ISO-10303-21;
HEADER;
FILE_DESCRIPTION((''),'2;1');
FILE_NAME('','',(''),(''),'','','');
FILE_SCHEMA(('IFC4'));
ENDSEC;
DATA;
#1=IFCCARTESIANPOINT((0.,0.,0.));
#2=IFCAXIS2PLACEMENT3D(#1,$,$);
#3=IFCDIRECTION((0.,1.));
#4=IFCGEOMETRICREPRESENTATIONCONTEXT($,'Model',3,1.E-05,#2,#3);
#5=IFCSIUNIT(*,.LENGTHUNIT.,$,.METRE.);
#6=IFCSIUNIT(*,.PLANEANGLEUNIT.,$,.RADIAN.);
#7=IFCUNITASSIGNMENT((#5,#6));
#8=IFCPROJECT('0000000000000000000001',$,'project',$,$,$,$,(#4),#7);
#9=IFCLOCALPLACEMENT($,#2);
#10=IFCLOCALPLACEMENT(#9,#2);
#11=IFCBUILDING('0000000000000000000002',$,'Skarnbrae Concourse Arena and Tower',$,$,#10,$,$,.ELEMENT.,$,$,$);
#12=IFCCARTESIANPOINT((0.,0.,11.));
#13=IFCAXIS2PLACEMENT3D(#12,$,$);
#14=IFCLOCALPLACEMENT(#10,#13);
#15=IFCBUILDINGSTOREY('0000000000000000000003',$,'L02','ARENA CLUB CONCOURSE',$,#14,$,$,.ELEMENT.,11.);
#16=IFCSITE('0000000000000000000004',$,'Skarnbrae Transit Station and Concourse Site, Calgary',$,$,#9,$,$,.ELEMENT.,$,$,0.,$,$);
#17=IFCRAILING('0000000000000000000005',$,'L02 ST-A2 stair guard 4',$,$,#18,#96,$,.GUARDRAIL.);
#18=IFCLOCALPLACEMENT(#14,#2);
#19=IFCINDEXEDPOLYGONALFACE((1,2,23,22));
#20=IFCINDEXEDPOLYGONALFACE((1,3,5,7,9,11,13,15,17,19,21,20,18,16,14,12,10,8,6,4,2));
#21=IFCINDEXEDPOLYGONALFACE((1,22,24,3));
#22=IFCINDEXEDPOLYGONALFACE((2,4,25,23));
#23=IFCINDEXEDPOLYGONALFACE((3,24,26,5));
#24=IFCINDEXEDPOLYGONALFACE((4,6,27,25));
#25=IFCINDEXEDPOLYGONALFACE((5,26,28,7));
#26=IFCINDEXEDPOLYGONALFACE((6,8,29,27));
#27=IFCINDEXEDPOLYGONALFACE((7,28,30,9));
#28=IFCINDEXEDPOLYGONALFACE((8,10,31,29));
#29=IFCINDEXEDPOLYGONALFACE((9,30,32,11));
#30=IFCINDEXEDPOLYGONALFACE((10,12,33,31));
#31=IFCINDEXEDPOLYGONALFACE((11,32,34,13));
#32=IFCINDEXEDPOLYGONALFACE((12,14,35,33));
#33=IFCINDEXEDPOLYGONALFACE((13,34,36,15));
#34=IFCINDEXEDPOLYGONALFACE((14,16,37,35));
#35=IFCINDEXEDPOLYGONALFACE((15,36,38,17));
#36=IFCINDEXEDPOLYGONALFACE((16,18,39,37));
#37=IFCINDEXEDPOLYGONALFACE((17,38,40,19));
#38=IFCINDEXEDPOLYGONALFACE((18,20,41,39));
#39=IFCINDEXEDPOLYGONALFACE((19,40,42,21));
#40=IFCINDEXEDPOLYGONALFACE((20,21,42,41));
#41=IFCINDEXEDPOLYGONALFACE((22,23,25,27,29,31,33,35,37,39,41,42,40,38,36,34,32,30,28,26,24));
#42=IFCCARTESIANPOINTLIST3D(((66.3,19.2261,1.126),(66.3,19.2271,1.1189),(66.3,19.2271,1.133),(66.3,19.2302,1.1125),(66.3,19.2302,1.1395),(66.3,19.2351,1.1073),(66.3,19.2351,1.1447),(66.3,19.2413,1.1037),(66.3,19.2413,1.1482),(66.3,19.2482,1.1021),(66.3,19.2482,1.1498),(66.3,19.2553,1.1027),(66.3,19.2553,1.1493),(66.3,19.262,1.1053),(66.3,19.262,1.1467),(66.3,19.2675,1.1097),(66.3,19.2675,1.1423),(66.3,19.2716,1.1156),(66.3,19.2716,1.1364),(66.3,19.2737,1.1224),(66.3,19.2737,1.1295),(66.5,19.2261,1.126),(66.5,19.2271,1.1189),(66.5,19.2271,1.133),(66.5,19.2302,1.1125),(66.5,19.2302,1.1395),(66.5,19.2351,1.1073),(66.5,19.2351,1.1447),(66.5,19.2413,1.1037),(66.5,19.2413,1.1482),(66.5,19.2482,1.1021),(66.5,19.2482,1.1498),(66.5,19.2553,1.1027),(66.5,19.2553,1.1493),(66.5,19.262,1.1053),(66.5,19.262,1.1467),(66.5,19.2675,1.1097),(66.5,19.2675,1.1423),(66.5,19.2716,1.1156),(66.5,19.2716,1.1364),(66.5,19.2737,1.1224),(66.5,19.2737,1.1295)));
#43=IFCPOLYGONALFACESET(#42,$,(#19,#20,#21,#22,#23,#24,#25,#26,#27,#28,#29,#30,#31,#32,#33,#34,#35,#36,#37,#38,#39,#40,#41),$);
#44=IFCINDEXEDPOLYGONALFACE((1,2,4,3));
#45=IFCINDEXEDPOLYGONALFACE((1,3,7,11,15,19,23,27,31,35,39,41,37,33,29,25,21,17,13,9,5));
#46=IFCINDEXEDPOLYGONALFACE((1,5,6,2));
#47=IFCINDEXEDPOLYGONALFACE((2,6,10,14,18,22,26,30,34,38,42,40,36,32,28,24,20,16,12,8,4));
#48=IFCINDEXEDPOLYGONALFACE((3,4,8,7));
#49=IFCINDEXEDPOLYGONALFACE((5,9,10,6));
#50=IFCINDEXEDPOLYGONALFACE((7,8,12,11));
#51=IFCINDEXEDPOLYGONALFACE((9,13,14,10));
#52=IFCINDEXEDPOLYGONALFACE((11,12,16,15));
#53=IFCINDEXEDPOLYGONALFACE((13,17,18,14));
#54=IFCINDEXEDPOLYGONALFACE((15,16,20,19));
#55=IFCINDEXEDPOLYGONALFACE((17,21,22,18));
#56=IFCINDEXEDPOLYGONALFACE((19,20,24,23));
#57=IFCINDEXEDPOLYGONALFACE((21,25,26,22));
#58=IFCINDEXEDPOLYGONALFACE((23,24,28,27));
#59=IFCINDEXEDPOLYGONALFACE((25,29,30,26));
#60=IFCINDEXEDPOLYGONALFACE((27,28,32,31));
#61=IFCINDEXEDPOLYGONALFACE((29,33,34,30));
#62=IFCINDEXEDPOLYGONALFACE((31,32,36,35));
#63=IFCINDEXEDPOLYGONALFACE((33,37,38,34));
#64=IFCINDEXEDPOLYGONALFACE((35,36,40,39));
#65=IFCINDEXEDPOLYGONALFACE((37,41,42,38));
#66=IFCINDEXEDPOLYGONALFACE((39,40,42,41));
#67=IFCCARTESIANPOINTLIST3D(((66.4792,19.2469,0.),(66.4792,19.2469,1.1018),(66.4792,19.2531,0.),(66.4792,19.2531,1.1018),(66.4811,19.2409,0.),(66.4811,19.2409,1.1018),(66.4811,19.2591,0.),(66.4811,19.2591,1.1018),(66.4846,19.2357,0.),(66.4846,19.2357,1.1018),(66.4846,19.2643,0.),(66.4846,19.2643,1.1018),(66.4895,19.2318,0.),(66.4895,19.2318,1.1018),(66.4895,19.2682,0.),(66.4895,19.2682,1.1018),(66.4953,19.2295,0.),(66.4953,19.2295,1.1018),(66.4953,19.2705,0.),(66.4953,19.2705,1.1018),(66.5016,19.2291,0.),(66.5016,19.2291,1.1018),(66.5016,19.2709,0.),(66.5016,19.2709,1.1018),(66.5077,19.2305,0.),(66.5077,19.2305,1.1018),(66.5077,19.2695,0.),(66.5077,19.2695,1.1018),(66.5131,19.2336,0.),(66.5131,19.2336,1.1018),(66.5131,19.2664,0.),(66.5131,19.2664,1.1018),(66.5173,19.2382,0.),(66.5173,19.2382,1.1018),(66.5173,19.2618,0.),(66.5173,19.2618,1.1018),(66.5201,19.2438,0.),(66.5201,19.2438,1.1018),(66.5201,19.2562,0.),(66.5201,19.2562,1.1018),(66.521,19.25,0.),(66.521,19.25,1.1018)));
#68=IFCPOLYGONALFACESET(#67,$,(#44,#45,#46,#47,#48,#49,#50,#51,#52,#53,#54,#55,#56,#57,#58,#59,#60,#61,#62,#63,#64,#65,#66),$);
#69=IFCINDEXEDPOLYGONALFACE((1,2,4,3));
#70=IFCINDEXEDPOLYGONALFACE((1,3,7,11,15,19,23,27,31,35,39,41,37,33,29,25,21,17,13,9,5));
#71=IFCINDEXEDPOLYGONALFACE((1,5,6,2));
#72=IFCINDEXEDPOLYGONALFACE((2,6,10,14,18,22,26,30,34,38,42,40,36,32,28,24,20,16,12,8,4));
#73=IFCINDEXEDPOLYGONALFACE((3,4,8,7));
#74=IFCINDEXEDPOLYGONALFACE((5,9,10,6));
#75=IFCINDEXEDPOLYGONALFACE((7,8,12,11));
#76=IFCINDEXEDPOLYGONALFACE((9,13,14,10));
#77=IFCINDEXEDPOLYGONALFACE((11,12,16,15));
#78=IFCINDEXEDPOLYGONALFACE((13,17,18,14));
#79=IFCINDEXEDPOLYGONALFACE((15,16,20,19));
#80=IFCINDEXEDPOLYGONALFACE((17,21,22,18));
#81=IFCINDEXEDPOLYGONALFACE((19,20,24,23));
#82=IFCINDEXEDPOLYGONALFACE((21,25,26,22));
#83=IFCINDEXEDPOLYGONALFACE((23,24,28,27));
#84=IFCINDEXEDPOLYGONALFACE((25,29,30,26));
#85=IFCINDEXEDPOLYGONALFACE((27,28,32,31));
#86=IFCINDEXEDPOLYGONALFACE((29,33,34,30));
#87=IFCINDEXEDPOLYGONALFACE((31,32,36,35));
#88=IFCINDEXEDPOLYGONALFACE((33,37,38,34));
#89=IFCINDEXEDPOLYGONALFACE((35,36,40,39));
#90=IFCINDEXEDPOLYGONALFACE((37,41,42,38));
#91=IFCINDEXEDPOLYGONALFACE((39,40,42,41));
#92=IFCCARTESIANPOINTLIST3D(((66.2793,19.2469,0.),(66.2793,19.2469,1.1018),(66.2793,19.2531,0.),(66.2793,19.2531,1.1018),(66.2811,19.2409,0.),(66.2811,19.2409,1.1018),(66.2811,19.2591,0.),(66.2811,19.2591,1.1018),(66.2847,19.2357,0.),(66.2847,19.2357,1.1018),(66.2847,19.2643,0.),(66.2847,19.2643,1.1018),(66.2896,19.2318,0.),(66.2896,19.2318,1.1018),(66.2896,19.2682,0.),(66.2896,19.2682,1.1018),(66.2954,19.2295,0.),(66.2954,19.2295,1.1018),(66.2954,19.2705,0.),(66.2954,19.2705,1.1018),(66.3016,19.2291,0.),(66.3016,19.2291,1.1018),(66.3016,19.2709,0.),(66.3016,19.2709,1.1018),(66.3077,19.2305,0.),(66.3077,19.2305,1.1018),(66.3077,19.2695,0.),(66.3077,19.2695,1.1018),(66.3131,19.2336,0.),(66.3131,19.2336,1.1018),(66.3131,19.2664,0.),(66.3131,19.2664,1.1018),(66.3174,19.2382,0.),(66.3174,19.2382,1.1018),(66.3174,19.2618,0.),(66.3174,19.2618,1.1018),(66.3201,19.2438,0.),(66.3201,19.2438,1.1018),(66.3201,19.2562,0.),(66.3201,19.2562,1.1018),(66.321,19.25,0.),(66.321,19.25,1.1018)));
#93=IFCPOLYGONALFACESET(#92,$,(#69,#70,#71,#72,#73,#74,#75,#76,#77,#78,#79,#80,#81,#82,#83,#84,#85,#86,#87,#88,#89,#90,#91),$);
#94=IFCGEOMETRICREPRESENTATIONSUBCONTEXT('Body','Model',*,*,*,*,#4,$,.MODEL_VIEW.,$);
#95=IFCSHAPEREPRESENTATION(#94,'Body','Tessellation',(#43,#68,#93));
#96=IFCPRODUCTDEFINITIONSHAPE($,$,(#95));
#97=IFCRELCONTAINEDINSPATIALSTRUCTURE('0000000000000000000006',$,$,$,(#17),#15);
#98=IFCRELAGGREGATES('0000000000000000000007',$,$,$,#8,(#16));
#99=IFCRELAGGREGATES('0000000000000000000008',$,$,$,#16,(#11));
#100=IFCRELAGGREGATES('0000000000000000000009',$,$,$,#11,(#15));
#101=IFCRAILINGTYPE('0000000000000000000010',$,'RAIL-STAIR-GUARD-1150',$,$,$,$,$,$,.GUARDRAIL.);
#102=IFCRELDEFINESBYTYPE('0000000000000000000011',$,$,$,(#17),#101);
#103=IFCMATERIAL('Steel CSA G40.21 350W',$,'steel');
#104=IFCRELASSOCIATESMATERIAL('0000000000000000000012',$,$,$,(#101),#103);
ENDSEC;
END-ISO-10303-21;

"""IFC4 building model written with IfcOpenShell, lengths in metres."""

from ifc_helpers import new_model, si_unit, direction, frame, origin, origin_2d, place, context, subcontext, project, spatial, circle, extrude, material, type_object, element, save


model = new_model("IFC4")

# Units and contexts
model_context = context("Model", 3, precision=1e-05, world=origin(), true_north=direction((0.0, 1.0)))
body_context = subcontext(model_context, "Body", "Model", "MODEL_VIEW")
ifc_project = project(units=[si_unit("LENGTHUNIT", "METRE"), si_unit("PLANEANGLEUNIT", "RADIAN")], contexts=[model_context])

# Site, building, storey
site_placement = place(None, origin())
site = spatial("IfcSite", under=ifc_project, at=site_placement, Name="Skarnbrae Transit Station and Concourse Site, Calgary", CompositionType="ELEMENT", RefElevation=0.0)
building_placement = place(site_placement, origin())
building = spatial("IfcBuilding", under=site, at=building_placement, Name="Skarnbrae Concourse Arena and Tower", CompositionType="ELEMENT")
storey_placement = place(building_placement, frame((0.0, 0.0, 11.0)))
storey = spatial("IfcBuildingStorey", under=building, at=storey_placement, Name="L02", Description="ARENA CLUB CONCOURSE", CompositionType="ELEMENT", Elevation=11.0)

# Shared definitions
ifc_material_1 = material(Name="Steel CSA G40.21 350W", Category="steel")

# Railing
railing_type_1 = type_object("IfcRailingType", Name="RAIL-STAIR-GUARD-1150", PredefinedType="GUARDRAIL", material=ifc_material_1)
railing_1_placement = place(storey_placement, frame((66.5, 19.25, 0.0)))
element("IfcRailing", 1, at=railing_1_placement, inside=storey, type_object=railing_type_1, Name="L02 ST-A2 stair guard 4", PredefinedType="GUARDRAIL", context=body_context, shape_type="SweptSolid", body=[
    extrude(circle(Radius=0.0239, at=origin_2d()), frame((0.0, 0.0, 1.126), z_axis=(-1.0, 0.0, 0.0), x_axis=(0.0, -1.0, 0.0)), (0.0, 0.0, 1.0), 0.2),
    extrude(circle(Radius=0.021, at=origin_2d()), origin(), (0.0, 0.0, 1.0), 1.1018),
    extrude(circle(Radius=0.021, at=origin_2d()), frame((-0.2, 0.0, 0.0)), (0.0, 0.0, 1.0), 1.1018),
])

save(model, "model.ifc")
